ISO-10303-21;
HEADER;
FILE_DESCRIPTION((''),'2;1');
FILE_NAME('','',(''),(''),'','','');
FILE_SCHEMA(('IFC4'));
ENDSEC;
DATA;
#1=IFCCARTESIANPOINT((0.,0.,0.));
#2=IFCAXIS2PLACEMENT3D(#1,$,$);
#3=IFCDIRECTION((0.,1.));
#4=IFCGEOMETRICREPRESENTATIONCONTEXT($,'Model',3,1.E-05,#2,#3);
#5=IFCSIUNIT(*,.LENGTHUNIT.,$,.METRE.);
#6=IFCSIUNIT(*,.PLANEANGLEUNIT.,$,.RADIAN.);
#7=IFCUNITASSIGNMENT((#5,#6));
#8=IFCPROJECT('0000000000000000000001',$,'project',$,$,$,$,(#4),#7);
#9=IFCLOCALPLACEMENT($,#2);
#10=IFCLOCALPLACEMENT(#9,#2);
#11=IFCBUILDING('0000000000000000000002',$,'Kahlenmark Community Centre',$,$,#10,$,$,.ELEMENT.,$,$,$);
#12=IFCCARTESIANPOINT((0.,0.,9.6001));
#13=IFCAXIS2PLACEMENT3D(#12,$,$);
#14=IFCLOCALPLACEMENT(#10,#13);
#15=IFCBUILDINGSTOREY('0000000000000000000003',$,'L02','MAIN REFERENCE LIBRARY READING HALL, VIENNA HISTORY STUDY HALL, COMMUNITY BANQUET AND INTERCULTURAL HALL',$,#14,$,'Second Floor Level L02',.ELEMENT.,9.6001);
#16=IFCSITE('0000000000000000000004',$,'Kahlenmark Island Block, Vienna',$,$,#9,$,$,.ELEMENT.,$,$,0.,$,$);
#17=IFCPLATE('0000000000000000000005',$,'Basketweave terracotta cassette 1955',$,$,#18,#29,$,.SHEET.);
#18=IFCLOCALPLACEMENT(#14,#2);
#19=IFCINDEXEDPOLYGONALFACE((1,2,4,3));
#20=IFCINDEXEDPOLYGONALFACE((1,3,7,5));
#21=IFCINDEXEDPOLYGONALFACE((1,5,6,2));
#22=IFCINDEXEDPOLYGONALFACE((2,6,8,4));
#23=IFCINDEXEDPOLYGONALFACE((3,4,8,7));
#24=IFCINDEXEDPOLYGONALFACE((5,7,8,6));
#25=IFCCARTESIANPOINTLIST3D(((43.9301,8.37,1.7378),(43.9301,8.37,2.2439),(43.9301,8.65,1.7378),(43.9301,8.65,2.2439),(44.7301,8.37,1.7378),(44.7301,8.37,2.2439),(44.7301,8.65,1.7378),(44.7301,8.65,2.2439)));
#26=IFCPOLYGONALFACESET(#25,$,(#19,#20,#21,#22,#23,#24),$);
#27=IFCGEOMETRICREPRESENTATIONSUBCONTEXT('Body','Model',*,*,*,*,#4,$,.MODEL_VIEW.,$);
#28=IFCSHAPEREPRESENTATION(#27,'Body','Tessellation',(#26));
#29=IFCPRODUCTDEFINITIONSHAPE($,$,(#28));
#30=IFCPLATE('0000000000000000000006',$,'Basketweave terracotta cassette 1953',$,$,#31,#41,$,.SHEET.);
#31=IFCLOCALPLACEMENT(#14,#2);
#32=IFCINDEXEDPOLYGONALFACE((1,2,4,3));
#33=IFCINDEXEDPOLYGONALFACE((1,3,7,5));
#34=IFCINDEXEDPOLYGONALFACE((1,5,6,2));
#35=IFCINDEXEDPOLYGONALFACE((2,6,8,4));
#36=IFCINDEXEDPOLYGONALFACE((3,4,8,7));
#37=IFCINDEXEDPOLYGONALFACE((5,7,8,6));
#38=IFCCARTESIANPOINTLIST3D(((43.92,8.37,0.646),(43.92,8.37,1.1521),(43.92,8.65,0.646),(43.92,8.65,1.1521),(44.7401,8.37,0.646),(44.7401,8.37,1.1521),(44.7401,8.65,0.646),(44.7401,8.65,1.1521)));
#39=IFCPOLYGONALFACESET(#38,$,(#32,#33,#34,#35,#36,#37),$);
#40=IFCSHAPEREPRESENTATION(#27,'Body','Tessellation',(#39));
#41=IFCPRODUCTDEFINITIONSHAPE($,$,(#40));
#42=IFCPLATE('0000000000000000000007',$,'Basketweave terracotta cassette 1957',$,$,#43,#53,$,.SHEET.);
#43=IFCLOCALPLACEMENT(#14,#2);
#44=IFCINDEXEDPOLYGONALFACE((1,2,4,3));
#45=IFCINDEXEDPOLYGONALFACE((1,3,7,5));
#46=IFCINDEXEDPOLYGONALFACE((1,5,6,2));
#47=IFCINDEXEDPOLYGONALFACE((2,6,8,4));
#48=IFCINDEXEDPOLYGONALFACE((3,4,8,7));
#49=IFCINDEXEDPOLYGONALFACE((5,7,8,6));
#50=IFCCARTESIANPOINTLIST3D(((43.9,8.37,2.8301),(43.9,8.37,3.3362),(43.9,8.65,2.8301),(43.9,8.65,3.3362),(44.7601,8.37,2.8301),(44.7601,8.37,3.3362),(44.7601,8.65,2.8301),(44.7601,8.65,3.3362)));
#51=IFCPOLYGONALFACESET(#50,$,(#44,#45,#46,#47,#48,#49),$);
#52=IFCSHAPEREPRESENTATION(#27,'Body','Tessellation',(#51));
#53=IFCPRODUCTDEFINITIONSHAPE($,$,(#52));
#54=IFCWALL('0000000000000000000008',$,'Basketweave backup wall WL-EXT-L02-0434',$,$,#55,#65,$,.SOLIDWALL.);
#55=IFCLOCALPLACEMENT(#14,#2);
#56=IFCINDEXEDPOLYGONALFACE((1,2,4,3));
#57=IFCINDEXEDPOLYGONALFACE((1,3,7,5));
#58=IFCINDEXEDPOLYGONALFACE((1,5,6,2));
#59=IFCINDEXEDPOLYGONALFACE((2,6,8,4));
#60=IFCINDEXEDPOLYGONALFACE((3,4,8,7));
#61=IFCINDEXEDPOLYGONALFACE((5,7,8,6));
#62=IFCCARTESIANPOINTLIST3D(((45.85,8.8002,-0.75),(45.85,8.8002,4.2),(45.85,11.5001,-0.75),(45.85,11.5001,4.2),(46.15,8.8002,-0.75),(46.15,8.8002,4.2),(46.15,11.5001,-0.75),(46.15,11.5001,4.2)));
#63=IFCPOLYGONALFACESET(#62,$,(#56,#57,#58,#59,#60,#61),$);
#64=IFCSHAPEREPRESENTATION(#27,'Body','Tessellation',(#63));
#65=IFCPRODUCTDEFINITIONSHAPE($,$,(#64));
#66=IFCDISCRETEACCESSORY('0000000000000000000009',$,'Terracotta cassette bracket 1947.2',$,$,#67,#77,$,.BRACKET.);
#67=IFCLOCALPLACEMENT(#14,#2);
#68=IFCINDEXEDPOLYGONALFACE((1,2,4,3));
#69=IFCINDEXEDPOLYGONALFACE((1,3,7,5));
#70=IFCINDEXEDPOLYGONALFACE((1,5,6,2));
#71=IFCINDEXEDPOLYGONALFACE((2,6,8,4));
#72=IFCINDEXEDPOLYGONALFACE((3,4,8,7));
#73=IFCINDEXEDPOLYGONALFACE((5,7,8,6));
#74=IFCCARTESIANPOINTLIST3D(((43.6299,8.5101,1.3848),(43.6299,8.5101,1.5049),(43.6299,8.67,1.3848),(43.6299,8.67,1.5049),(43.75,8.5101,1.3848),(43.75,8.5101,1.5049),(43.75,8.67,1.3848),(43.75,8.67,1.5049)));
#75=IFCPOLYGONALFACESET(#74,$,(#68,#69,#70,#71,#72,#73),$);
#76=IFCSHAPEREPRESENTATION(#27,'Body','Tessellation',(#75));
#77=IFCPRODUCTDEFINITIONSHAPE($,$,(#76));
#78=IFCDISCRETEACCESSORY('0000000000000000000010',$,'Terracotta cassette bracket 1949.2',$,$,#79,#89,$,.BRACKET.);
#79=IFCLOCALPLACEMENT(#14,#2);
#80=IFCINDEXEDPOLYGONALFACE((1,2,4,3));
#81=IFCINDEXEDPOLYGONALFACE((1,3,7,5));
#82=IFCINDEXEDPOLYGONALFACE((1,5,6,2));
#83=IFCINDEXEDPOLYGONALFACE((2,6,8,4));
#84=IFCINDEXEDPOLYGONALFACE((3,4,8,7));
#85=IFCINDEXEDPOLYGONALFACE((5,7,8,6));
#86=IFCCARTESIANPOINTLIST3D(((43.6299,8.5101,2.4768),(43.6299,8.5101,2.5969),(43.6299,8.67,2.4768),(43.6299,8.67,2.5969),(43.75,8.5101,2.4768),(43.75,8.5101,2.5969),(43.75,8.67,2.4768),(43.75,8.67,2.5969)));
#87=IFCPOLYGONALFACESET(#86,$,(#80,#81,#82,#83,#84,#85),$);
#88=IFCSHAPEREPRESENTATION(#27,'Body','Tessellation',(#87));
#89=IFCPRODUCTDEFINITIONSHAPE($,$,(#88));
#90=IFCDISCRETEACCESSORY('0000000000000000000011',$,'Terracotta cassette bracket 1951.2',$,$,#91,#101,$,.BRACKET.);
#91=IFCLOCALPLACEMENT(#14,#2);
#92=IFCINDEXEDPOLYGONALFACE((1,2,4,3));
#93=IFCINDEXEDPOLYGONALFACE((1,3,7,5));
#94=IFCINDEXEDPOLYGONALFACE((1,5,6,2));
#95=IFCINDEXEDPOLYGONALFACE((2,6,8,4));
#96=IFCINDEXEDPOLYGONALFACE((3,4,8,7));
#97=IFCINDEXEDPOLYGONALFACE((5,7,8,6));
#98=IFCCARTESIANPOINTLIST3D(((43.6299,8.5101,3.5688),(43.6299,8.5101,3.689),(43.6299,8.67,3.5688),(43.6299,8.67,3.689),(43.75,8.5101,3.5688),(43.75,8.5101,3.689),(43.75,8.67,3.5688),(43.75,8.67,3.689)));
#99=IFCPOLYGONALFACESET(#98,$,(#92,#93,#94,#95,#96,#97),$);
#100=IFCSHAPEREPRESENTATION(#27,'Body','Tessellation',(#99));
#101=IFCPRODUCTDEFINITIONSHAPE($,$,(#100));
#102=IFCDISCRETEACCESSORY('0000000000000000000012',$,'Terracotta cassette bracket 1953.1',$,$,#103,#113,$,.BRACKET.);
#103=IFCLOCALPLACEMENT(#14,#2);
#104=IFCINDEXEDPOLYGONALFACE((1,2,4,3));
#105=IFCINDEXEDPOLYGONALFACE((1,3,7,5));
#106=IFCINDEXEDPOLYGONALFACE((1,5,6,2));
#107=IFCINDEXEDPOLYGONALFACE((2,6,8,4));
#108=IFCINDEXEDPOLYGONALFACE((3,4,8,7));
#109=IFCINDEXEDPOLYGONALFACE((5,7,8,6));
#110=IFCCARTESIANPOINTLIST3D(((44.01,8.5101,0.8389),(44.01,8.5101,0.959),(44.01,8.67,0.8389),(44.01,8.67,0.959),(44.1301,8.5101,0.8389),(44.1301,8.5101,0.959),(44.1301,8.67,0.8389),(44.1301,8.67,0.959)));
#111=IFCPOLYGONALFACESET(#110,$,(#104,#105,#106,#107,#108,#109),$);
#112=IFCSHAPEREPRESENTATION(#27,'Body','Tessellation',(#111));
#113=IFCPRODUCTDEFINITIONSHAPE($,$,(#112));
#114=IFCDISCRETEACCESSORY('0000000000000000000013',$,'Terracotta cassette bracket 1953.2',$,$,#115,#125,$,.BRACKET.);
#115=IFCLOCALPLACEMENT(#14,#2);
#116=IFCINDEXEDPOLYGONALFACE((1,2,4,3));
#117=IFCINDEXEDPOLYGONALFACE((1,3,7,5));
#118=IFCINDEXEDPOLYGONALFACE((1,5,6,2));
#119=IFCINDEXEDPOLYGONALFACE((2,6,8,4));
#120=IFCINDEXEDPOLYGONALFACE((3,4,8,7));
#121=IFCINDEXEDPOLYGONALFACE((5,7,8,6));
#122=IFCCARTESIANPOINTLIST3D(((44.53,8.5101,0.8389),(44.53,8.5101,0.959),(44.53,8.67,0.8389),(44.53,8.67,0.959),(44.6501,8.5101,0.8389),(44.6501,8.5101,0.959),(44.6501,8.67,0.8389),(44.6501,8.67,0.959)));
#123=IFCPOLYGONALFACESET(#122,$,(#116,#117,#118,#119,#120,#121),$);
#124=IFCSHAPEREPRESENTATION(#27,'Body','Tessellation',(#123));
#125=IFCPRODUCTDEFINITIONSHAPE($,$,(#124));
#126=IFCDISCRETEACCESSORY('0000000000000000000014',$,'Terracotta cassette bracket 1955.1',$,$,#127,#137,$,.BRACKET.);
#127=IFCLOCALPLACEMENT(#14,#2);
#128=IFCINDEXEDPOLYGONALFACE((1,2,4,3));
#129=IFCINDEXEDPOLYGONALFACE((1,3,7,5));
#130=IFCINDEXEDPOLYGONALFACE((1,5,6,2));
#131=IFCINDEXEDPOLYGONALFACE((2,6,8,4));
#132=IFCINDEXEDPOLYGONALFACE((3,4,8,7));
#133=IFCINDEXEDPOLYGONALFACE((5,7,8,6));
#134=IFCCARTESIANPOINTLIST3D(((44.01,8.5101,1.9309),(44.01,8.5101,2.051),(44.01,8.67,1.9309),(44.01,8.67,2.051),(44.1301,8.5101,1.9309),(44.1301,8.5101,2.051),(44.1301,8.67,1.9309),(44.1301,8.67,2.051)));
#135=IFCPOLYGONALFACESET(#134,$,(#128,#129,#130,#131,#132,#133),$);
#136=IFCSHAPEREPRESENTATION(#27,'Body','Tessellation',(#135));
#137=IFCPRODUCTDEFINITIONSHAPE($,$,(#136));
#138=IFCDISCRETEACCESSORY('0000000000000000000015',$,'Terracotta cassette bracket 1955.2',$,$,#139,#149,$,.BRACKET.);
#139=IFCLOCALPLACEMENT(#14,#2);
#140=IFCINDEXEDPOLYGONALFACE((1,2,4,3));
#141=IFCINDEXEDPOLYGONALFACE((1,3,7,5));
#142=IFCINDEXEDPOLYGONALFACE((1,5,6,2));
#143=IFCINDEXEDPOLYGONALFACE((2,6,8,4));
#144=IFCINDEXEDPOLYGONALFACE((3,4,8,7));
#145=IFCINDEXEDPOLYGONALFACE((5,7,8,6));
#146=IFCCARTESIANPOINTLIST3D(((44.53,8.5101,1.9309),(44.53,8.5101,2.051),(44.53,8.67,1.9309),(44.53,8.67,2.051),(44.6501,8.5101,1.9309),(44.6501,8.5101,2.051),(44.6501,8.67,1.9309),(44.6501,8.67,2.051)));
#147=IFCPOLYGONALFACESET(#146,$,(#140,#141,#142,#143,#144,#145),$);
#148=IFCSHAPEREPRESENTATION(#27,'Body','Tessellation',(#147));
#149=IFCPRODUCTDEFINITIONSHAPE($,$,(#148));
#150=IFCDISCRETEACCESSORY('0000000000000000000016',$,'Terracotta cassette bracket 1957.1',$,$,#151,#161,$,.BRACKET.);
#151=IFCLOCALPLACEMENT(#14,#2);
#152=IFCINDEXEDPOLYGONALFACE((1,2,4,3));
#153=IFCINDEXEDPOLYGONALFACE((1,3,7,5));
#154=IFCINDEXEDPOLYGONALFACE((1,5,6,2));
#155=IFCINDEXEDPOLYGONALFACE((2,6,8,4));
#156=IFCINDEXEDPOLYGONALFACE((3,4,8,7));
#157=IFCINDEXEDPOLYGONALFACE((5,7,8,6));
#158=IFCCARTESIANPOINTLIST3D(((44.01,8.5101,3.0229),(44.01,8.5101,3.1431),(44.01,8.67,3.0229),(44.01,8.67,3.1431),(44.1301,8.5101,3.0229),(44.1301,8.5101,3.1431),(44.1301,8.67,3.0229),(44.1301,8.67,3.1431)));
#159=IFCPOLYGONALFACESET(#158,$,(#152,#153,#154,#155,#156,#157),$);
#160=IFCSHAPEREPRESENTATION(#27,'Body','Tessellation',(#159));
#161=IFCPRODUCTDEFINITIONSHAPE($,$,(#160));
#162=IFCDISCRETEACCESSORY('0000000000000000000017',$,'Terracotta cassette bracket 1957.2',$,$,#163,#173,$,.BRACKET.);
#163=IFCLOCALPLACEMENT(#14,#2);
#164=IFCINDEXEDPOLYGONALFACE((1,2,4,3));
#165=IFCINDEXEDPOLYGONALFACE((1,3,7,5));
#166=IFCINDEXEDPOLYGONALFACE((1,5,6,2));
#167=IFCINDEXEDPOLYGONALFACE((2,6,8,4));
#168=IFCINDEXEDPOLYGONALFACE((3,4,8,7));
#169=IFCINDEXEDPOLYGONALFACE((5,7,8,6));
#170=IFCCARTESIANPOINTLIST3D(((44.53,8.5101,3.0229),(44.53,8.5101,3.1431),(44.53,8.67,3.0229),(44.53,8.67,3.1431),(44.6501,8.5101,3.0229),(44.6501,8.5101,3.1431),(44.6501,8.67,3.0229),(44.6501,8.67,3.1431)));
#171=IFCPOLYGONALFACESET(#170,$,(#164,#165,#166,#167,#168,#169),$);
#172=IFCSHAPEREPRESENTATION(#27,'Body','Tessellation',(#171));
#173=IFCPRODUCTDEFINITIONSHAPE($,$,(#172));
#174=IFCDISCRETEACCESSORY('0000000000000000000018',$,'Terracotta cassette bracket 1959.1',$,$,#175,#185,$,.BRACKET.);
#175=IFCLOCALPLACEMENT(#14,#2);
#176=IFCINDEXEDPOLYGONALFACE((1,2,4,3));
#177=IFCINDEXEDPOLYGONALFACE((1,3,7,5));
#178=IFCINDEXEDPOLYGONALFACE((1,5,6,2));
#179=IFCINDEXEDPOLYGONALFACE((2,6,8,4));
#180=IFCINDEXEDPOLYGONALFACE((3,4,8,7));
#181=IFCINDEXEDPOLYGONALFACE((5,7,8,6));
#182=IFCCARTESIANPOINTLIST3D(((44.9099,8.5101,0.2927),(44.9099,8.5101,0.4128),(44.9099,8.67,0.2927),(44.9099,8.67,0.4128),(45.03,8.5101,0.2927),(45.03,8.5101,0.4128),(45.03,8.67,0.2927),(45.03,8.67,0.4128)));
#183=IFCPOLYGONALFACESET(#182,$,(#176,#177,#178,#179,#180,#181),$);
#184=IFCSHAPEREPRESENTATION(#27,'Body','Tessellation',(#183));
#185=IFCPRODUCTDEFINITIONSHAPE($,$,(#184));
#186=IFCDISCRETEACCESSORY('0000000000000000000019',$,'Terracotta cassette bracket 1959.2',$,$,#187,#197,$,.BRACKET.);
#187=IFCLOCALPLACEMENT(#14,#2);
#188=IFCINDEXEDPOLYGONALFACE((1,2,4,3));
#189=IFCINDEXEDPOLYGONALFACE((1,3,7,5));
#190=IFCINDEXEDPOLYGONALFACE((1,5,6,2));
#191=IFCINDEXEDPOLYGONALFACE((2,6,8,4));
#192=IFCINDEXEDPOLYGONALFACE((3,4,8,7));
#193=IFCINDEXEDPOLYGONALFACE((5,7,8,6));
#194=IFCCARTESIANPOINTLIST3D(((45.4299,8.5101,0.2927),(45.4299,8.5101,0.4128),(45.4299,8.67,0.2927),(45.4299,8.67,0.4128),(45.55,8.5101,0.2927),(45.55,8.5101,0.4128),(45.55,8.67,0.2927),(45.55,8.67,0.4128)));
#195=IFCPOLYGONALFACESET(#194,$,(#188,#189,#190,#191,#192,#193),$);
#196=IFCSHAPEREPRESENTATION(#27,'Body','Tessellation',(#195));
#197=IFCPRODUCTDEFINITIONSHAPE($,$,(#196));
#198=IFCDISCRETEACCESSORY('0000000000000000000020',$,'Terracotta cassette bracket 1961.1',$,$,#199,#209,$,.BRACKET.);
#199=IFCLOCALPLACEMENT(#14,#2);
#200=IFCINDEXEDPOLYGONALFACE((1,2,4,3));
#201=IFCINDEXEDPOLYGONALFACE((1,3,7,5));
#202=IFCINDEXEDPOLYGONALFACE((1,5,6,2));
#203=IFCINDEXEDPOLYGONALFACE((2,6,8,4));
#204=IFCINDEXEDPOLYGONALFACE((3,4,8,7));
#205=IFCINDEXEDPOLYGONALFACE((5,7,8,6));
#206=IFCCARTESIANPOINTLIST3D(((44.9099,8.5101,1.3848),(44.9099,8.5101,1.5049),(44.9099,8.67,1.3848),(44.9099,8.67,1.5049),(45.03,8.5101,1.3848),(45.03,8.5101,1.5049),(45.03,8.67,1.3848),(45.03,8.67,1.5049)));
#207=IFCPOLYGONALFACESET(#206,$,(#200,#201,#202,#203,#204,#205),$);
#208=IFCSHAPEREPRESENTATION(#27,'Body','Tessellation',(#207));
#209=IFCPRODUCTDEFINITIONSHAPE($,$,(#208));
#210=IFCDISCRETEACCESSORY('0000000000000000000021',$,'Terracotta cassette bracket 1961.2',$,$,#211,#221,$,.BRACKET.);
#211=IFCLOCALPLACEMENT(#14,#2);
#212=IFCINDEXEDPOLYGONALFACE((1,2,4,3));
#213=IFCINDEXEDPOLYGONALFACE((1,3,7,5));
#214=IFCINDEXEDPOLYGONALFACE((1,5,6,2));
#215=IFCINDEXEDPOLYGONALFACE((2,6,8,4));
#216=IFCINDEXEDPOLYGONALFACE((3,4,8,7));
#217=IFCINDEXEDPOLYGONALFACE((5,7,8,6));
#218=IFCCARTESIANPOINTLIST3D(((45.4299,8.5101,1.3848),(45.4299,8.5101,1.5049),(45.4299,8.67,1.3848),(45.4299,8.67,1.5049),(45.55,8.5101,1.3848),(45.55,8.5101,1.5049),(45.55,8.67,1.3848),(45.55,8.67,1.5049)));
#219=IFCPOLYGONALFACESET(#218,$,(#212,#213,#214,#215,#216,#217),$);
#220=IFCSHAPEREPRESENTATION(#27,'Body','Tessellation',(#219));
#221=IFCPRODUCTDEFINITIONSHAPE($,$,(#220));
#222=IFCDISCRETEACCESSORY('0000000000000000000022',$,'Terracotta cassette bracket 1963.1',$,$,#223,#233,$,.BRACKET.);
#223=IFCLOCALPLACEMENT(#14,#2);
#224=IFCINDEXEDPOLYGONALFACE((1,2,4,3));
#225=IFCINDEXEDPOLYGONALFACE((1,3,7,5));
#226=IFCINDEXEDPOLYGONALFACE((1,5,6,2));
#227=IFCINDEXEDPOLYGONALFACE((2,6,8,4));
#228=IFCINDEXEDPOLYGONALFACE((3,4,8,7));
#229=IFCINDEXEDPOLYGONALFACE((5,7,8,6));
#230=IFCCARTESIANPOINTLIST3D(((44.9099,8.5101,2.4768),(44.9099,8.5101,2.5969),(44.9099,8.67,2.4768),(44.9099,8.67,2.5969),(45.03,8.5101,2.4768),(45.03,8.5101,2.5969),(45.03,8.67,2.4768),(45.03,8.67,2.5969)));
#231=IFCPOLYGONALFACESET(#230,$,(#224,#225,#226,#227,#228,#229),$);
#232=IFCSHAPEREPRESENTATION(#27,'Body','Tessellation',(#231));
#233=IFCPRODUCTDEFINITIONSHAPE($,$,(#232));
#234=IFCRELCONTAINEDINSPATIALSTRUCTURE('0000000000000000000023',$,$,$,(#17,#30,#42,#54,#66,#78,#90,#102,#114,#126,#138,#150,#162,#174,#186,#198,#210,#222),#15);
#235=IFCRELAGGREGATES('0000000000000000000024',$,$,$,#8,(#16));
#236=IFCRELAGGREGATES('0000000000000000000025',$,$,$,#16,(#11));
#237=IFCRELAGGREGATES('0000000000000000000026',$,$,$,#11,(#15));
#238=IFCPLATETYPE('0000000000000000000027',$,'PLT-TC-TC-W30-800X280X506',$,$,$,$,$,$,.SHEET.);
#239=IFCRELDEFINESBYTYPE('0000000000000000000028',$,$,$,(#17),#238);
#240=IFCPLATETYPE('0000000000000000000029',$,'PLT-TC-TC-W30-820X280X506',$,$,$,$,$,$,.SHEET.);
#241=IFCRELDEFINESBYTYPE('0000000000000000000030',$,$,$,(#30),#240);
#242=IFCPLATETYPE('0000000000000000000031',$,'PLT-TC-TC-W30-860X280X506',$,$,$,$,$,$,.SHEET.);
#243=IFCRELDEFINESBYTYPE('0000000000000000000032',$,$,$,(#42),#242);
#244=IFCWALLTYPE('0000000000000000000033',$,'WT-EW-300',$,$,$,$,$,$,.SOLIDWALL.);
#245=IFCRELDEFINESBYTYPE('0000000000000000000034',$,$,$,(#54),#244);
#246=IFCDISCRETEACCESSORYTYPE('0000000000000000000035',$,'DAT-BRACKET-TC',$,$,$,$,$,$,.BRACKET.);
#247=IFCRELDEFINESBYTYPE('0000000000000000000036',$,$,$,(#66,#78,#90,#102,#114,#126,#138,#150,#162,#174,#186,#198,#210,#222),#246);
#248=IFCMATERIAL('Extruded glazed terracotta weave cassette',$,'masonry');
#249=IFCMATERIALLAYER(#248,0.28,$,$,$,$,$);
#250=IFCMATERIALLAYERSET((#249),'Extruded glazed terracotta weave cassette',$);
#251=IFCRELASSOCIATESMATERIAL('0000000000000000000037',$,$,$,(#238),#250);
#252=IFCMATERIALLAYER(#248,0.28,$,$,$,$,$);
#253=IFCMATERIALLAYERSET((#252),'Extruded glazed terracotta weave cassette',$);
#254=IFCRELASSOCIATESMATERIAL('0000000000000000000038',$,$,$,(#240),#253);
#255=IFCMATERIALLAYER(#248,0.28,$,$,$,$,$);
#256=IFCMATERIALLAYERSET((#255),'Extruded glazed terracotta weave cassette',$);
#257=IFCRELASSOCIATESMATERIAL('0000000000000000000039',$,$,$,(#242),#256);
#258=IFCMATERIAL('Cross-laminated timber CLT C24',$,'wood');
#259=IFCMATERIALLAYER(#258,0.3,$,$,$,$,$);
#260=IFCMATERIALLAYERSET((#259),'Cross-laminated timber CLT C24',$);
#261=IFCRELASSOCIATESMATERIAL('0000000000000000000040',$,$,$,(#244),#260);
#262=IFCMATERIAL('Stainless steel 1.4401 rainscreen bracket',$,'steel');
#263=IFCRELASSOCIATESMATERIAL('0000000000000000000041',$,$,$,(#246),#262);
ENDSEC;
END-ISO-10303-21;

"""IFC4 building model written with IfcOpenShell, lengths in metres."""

from ifc_helpers import new_model, si_unit, direction, frame, frame_2d, origin, origin_2d, place, context, subcontext, project, spatial, rectangle, extrude, material, layer, layer_set, type_object, element, save


model = new_model("IFC4")

# Units and contexts
model_context = context("Model", 3, precision=1e-05, world=origin(), true_north=direction((0.0, 1.0)))
body_context = subcontext(model_context, "Body", "Model", "MODEL_VIEW")
ifc_project = project(units=[si_unit("LENGTHUNIT", "METRE"), si_unit("PLANEANGLEUNIT", "RADIAN")], contexts=[model_context])

# Site, building, storey
site_placement = place(None, origin())
site = spatial("IfcSite", under=ifc_project, at=site_placement, Name="Kahlenmark Island Block, Vienna", CompositionType="ELEMENT", RefElevation=0.0)
building_placement = place(site_placement, origin())
building = spatial("IfcBuilding", under=site, at=building_placement, Name="Kahlenmark Community Centre", CompositionType="ELEMENT")
storey_placement = place(building_placement, frame((0.0, 0.0, 9.6001)))
storey = spatial("IfcBuildingStorey", under=building, at=storey_placement, Name="L02", Description="MAIN REFERENCE LIBRARY READING HALL, VIENNA HISTORY STUDY HALL, COMMUNITY BANQUET AND INTERCULTURAL HALL", LongName="Second Floor Level L02", CompositionType="ELEMENT", Elevation=9.6001)

# Plates
ifc_material_1 = material(Name="Extruded glazed terracotta weave cassette", Category="masonry")
ifc_layer_1 = layer(ifc_material_1, 0.28)
ifc_layer_set_1 = layer_set([ifc_layer_1], Name="Extruded glazed terracotta weave cassette")
plate_type_1 = type_object("IfcPlateType", Name="PLT-TC-TC-W30-800X280X506", PredefinedType="SHEET", material=ifc_layer_set_1)
plate_1_placement = place(storey_placement, frame((44.3301, 8.51, 1.7378), z_axis=(0.0, 0.0, 1.0), x_axis=(1.0, 0.0, 0.0)))
element("IfcPlate", 1, at=plate_1_placement, inside=storey, type_object=plate_type_1, Name="Basketweave terracotta cassette 1955", PredefinedType="SHEET", context=body_context, shape_type="SweptSolid", body=[
    extrude(rectangle(XDim=0.8, YDim=0.28, at=origin_2d()), origin(), (0.0, 0.0, 1.0), 0.5061),
])
ifc_layer_2 = layer(ifc_material_1, 0.28)
ifc_layer_set_2 = layer_set([ifc_layer_2], Name="Extruded glazed terracotta weave cassette")
plate_type_2 = type_object("IfcPlateType", Name="PLT-TC-TC-W30-820X280X506", PredefinedType="SHEET", material=ifc_layer_set_2)
plate_2_placement = place(storey_placement, frame((44.3301, 8.51, 0.646), z_axis=(0.0, 0.0, 1.0), x_axis=(1.0, 0.0, 0.0)))
element("IfcPlate", 2, at=plate_2_placement, inside=storey, type_object=plate_type_2, Name="Basketweave terracotta cassette 1953", PredefinedType="SHEET", context=body_context, shape_type="SweptSolid", body=[
    extrude(rectangle(XDim=0.8201, YDim=0.28, at=origin_2d()), origin(), (0.0, 0.0, 1.0), 0.5061),
])
ifc_layer_3 = layer(ifc_material_1, 0.28)
ifc_layer_set_3 = layer_set([ifc_layer_3], Name="Extruded glazed terracotta weave cassette")
plate_type_3 = type_object("IfcPlateType", Name="PLT-TC-TC-W30-860X280X506", PredefinedType="SHEET", material=ifc_layer_set_3)
plate_3_placement = place(storey_placement, frame((44.3301, 8.51, 2.8301), z_axis=(0.0, 0.0, 1.0), x_axis=(1.0, 0.0, 0.0)))
element("IfcPlate", 3, at=plate_3_placement, inside=storey, type_object=plate_type_3, Name="Basketweave terracotta cassette 1957", PredefinedType="SHEET", context=body_context, shape_type="SweptSolid", body=[
    extrude(rectangle(XDim=0.8601, YDim=0.28, at=origin_2d()), origin(), (0.0, 0.0, 1.0), 0.5061),
])

# Wall
ifc_material_2 = material(Name="Cross-laminated timber CLT C24", Category="wood")
ifc_layer_4 = layer(ifc_material_2, 0.3)
ifc_layer_set_4 = layer_set([ifc_layer_4], Name="Cross-laminated timber CLT C24")
wall_type = type_object("IfcWallType", Name="WT-EW-300", PredefinedType="SOLIDWALL", material=ifc_layer_set_4)
wall_placement = place(storey_placement, frame((46.0, 8.8, -0.75), z_axis=(0.0, 0.0, 1.0), x_axis=(0.0, 1.0, 0.0)))
element("IfcWall", 4, at=wall_placement, inside=storey, type_object=wall_type, Name="Basketweave backup wall WL-EXT-L02-0434", PredefinedType="SOLIDWALL", context=body_context, shape_type="SweptSolid", body=[
    extrude(rectangle(XDim=2.7, YDim=0.3, at=frame_2d((1.3501, 0.0))), origin(), (0.0, 0.0, 1.0), 4.95),
])

# Discrete accessories
ifc_material_3 = material(Name="Stainless steel 1.4401 rainscreen bracket", Category="steel")
discrete_accessory_type = type_object("IfcDiscreteAccessoryType", Name="DAT-BRACKET-TC", PredefinedType="BRACKET", material=ifc_material_3)
for number, where, z_axis, x_axis, name in (
    (5, (43.6899, 8.5901, 1.3848), (0.0, 0.0, 1.0), (1.0, 0.0, 0.0), "Terracotta cassette bracket 1947.2"),
    (6, (43.6899, 8.5901, 2.4768), (0.0, 0.0, 1.0), (1.0, 0.0, 0.0), "Terracotta cassette bracket 1949.2"),
    (7, (43.6899, 8.5901, 3.5688), (0.0, 0.0, 1.0), (1.0, 0.0, 0.0), "Terracotta cassette bracket 1951.2"),
    (8, (44.0701, 8.5901, 0.8389), (0.0, 0.0, 1.0), (1.0, 0.0, 0.0), "Terracotta cassette bracket 1953.1"),
    (9, (44.5901, 8.5901, 0.8389), (0.0, 0.0, 1.0), (1.0, 0.0, 0.0), "Terracotta cassette bracket 1953.2"),
    (10, (44.0701, 8.5901, 1.9309), (0.0, 0.0, 1.0), (1.0, 0.0, 0.0), "Terracotta cassette bracket 1955.1"),
    (11, (44.5901, 8.5901, 1.9309), (0.0, 0.0, 1.0), (1.0, 0.0, 0.0), "Terracotta cassette bracket 1955.2"),
    (12, (44.0701, 8.5901, 3.0229), (0.0, 0.0, 1.0), (1.0, 0.0, 0.0), "Terracotta cassette bracket 1957.1"),
    (13, (44.5901, 8.5901, 3.0229), (0.0, 0.0, 1.0), (1.0, 0.0, 0.0), "Terracotta cassette bracket 1957.2"),
    (14, (44.97, 8.5901, 0.2927), (0.0, 0.0, 1.0), (1.0, 0.0, 0.0), "Terracotta cassette bracket 1959.1"),
    (15, (45.49, 8.5901, 0.2927), (0.0, 0.0, 1.0), (1.0, 0.0, 0.0), "Terracotta cassette bracket 1959.2"),
    (16, (44.97, 8.5901, 1.3848), (0.0, 0.0, 1.0), (1.0, 0.0, 0.0), "Terracotta cassette bracket 1961.1"),
    (17, (45.49, 8.5901, 1.3848), (0.0, 0.0, 1.0), (1.0, 0.0, 0.0), "Terracotta cassette bracket 1961.2"),
    (18, (44.97, 8.5901, 2.4768), (0.0, 0.0, 1.0), (1.0, 0.0, 0.0), "Terracotta cassette bracket 1963.1"),
):
    element("IfcDiscreteAccessory", number, at=place(storey_placement, frame(where, z_axis=z_axis, x_axis=x_axis)), inside=storey, type_object=discrete_accessory_type, Name=name, PredefinedType="BRACKET", context=body_context, shape_type="SweptSolid", body=[
        extrude(rectangle(XDim=0.1201, YDim=0.1599, at=origin_2d()), origin(), (0.0, 0.0, 1.0), 0.1201),
    ])

save(model, "model.ifc")
